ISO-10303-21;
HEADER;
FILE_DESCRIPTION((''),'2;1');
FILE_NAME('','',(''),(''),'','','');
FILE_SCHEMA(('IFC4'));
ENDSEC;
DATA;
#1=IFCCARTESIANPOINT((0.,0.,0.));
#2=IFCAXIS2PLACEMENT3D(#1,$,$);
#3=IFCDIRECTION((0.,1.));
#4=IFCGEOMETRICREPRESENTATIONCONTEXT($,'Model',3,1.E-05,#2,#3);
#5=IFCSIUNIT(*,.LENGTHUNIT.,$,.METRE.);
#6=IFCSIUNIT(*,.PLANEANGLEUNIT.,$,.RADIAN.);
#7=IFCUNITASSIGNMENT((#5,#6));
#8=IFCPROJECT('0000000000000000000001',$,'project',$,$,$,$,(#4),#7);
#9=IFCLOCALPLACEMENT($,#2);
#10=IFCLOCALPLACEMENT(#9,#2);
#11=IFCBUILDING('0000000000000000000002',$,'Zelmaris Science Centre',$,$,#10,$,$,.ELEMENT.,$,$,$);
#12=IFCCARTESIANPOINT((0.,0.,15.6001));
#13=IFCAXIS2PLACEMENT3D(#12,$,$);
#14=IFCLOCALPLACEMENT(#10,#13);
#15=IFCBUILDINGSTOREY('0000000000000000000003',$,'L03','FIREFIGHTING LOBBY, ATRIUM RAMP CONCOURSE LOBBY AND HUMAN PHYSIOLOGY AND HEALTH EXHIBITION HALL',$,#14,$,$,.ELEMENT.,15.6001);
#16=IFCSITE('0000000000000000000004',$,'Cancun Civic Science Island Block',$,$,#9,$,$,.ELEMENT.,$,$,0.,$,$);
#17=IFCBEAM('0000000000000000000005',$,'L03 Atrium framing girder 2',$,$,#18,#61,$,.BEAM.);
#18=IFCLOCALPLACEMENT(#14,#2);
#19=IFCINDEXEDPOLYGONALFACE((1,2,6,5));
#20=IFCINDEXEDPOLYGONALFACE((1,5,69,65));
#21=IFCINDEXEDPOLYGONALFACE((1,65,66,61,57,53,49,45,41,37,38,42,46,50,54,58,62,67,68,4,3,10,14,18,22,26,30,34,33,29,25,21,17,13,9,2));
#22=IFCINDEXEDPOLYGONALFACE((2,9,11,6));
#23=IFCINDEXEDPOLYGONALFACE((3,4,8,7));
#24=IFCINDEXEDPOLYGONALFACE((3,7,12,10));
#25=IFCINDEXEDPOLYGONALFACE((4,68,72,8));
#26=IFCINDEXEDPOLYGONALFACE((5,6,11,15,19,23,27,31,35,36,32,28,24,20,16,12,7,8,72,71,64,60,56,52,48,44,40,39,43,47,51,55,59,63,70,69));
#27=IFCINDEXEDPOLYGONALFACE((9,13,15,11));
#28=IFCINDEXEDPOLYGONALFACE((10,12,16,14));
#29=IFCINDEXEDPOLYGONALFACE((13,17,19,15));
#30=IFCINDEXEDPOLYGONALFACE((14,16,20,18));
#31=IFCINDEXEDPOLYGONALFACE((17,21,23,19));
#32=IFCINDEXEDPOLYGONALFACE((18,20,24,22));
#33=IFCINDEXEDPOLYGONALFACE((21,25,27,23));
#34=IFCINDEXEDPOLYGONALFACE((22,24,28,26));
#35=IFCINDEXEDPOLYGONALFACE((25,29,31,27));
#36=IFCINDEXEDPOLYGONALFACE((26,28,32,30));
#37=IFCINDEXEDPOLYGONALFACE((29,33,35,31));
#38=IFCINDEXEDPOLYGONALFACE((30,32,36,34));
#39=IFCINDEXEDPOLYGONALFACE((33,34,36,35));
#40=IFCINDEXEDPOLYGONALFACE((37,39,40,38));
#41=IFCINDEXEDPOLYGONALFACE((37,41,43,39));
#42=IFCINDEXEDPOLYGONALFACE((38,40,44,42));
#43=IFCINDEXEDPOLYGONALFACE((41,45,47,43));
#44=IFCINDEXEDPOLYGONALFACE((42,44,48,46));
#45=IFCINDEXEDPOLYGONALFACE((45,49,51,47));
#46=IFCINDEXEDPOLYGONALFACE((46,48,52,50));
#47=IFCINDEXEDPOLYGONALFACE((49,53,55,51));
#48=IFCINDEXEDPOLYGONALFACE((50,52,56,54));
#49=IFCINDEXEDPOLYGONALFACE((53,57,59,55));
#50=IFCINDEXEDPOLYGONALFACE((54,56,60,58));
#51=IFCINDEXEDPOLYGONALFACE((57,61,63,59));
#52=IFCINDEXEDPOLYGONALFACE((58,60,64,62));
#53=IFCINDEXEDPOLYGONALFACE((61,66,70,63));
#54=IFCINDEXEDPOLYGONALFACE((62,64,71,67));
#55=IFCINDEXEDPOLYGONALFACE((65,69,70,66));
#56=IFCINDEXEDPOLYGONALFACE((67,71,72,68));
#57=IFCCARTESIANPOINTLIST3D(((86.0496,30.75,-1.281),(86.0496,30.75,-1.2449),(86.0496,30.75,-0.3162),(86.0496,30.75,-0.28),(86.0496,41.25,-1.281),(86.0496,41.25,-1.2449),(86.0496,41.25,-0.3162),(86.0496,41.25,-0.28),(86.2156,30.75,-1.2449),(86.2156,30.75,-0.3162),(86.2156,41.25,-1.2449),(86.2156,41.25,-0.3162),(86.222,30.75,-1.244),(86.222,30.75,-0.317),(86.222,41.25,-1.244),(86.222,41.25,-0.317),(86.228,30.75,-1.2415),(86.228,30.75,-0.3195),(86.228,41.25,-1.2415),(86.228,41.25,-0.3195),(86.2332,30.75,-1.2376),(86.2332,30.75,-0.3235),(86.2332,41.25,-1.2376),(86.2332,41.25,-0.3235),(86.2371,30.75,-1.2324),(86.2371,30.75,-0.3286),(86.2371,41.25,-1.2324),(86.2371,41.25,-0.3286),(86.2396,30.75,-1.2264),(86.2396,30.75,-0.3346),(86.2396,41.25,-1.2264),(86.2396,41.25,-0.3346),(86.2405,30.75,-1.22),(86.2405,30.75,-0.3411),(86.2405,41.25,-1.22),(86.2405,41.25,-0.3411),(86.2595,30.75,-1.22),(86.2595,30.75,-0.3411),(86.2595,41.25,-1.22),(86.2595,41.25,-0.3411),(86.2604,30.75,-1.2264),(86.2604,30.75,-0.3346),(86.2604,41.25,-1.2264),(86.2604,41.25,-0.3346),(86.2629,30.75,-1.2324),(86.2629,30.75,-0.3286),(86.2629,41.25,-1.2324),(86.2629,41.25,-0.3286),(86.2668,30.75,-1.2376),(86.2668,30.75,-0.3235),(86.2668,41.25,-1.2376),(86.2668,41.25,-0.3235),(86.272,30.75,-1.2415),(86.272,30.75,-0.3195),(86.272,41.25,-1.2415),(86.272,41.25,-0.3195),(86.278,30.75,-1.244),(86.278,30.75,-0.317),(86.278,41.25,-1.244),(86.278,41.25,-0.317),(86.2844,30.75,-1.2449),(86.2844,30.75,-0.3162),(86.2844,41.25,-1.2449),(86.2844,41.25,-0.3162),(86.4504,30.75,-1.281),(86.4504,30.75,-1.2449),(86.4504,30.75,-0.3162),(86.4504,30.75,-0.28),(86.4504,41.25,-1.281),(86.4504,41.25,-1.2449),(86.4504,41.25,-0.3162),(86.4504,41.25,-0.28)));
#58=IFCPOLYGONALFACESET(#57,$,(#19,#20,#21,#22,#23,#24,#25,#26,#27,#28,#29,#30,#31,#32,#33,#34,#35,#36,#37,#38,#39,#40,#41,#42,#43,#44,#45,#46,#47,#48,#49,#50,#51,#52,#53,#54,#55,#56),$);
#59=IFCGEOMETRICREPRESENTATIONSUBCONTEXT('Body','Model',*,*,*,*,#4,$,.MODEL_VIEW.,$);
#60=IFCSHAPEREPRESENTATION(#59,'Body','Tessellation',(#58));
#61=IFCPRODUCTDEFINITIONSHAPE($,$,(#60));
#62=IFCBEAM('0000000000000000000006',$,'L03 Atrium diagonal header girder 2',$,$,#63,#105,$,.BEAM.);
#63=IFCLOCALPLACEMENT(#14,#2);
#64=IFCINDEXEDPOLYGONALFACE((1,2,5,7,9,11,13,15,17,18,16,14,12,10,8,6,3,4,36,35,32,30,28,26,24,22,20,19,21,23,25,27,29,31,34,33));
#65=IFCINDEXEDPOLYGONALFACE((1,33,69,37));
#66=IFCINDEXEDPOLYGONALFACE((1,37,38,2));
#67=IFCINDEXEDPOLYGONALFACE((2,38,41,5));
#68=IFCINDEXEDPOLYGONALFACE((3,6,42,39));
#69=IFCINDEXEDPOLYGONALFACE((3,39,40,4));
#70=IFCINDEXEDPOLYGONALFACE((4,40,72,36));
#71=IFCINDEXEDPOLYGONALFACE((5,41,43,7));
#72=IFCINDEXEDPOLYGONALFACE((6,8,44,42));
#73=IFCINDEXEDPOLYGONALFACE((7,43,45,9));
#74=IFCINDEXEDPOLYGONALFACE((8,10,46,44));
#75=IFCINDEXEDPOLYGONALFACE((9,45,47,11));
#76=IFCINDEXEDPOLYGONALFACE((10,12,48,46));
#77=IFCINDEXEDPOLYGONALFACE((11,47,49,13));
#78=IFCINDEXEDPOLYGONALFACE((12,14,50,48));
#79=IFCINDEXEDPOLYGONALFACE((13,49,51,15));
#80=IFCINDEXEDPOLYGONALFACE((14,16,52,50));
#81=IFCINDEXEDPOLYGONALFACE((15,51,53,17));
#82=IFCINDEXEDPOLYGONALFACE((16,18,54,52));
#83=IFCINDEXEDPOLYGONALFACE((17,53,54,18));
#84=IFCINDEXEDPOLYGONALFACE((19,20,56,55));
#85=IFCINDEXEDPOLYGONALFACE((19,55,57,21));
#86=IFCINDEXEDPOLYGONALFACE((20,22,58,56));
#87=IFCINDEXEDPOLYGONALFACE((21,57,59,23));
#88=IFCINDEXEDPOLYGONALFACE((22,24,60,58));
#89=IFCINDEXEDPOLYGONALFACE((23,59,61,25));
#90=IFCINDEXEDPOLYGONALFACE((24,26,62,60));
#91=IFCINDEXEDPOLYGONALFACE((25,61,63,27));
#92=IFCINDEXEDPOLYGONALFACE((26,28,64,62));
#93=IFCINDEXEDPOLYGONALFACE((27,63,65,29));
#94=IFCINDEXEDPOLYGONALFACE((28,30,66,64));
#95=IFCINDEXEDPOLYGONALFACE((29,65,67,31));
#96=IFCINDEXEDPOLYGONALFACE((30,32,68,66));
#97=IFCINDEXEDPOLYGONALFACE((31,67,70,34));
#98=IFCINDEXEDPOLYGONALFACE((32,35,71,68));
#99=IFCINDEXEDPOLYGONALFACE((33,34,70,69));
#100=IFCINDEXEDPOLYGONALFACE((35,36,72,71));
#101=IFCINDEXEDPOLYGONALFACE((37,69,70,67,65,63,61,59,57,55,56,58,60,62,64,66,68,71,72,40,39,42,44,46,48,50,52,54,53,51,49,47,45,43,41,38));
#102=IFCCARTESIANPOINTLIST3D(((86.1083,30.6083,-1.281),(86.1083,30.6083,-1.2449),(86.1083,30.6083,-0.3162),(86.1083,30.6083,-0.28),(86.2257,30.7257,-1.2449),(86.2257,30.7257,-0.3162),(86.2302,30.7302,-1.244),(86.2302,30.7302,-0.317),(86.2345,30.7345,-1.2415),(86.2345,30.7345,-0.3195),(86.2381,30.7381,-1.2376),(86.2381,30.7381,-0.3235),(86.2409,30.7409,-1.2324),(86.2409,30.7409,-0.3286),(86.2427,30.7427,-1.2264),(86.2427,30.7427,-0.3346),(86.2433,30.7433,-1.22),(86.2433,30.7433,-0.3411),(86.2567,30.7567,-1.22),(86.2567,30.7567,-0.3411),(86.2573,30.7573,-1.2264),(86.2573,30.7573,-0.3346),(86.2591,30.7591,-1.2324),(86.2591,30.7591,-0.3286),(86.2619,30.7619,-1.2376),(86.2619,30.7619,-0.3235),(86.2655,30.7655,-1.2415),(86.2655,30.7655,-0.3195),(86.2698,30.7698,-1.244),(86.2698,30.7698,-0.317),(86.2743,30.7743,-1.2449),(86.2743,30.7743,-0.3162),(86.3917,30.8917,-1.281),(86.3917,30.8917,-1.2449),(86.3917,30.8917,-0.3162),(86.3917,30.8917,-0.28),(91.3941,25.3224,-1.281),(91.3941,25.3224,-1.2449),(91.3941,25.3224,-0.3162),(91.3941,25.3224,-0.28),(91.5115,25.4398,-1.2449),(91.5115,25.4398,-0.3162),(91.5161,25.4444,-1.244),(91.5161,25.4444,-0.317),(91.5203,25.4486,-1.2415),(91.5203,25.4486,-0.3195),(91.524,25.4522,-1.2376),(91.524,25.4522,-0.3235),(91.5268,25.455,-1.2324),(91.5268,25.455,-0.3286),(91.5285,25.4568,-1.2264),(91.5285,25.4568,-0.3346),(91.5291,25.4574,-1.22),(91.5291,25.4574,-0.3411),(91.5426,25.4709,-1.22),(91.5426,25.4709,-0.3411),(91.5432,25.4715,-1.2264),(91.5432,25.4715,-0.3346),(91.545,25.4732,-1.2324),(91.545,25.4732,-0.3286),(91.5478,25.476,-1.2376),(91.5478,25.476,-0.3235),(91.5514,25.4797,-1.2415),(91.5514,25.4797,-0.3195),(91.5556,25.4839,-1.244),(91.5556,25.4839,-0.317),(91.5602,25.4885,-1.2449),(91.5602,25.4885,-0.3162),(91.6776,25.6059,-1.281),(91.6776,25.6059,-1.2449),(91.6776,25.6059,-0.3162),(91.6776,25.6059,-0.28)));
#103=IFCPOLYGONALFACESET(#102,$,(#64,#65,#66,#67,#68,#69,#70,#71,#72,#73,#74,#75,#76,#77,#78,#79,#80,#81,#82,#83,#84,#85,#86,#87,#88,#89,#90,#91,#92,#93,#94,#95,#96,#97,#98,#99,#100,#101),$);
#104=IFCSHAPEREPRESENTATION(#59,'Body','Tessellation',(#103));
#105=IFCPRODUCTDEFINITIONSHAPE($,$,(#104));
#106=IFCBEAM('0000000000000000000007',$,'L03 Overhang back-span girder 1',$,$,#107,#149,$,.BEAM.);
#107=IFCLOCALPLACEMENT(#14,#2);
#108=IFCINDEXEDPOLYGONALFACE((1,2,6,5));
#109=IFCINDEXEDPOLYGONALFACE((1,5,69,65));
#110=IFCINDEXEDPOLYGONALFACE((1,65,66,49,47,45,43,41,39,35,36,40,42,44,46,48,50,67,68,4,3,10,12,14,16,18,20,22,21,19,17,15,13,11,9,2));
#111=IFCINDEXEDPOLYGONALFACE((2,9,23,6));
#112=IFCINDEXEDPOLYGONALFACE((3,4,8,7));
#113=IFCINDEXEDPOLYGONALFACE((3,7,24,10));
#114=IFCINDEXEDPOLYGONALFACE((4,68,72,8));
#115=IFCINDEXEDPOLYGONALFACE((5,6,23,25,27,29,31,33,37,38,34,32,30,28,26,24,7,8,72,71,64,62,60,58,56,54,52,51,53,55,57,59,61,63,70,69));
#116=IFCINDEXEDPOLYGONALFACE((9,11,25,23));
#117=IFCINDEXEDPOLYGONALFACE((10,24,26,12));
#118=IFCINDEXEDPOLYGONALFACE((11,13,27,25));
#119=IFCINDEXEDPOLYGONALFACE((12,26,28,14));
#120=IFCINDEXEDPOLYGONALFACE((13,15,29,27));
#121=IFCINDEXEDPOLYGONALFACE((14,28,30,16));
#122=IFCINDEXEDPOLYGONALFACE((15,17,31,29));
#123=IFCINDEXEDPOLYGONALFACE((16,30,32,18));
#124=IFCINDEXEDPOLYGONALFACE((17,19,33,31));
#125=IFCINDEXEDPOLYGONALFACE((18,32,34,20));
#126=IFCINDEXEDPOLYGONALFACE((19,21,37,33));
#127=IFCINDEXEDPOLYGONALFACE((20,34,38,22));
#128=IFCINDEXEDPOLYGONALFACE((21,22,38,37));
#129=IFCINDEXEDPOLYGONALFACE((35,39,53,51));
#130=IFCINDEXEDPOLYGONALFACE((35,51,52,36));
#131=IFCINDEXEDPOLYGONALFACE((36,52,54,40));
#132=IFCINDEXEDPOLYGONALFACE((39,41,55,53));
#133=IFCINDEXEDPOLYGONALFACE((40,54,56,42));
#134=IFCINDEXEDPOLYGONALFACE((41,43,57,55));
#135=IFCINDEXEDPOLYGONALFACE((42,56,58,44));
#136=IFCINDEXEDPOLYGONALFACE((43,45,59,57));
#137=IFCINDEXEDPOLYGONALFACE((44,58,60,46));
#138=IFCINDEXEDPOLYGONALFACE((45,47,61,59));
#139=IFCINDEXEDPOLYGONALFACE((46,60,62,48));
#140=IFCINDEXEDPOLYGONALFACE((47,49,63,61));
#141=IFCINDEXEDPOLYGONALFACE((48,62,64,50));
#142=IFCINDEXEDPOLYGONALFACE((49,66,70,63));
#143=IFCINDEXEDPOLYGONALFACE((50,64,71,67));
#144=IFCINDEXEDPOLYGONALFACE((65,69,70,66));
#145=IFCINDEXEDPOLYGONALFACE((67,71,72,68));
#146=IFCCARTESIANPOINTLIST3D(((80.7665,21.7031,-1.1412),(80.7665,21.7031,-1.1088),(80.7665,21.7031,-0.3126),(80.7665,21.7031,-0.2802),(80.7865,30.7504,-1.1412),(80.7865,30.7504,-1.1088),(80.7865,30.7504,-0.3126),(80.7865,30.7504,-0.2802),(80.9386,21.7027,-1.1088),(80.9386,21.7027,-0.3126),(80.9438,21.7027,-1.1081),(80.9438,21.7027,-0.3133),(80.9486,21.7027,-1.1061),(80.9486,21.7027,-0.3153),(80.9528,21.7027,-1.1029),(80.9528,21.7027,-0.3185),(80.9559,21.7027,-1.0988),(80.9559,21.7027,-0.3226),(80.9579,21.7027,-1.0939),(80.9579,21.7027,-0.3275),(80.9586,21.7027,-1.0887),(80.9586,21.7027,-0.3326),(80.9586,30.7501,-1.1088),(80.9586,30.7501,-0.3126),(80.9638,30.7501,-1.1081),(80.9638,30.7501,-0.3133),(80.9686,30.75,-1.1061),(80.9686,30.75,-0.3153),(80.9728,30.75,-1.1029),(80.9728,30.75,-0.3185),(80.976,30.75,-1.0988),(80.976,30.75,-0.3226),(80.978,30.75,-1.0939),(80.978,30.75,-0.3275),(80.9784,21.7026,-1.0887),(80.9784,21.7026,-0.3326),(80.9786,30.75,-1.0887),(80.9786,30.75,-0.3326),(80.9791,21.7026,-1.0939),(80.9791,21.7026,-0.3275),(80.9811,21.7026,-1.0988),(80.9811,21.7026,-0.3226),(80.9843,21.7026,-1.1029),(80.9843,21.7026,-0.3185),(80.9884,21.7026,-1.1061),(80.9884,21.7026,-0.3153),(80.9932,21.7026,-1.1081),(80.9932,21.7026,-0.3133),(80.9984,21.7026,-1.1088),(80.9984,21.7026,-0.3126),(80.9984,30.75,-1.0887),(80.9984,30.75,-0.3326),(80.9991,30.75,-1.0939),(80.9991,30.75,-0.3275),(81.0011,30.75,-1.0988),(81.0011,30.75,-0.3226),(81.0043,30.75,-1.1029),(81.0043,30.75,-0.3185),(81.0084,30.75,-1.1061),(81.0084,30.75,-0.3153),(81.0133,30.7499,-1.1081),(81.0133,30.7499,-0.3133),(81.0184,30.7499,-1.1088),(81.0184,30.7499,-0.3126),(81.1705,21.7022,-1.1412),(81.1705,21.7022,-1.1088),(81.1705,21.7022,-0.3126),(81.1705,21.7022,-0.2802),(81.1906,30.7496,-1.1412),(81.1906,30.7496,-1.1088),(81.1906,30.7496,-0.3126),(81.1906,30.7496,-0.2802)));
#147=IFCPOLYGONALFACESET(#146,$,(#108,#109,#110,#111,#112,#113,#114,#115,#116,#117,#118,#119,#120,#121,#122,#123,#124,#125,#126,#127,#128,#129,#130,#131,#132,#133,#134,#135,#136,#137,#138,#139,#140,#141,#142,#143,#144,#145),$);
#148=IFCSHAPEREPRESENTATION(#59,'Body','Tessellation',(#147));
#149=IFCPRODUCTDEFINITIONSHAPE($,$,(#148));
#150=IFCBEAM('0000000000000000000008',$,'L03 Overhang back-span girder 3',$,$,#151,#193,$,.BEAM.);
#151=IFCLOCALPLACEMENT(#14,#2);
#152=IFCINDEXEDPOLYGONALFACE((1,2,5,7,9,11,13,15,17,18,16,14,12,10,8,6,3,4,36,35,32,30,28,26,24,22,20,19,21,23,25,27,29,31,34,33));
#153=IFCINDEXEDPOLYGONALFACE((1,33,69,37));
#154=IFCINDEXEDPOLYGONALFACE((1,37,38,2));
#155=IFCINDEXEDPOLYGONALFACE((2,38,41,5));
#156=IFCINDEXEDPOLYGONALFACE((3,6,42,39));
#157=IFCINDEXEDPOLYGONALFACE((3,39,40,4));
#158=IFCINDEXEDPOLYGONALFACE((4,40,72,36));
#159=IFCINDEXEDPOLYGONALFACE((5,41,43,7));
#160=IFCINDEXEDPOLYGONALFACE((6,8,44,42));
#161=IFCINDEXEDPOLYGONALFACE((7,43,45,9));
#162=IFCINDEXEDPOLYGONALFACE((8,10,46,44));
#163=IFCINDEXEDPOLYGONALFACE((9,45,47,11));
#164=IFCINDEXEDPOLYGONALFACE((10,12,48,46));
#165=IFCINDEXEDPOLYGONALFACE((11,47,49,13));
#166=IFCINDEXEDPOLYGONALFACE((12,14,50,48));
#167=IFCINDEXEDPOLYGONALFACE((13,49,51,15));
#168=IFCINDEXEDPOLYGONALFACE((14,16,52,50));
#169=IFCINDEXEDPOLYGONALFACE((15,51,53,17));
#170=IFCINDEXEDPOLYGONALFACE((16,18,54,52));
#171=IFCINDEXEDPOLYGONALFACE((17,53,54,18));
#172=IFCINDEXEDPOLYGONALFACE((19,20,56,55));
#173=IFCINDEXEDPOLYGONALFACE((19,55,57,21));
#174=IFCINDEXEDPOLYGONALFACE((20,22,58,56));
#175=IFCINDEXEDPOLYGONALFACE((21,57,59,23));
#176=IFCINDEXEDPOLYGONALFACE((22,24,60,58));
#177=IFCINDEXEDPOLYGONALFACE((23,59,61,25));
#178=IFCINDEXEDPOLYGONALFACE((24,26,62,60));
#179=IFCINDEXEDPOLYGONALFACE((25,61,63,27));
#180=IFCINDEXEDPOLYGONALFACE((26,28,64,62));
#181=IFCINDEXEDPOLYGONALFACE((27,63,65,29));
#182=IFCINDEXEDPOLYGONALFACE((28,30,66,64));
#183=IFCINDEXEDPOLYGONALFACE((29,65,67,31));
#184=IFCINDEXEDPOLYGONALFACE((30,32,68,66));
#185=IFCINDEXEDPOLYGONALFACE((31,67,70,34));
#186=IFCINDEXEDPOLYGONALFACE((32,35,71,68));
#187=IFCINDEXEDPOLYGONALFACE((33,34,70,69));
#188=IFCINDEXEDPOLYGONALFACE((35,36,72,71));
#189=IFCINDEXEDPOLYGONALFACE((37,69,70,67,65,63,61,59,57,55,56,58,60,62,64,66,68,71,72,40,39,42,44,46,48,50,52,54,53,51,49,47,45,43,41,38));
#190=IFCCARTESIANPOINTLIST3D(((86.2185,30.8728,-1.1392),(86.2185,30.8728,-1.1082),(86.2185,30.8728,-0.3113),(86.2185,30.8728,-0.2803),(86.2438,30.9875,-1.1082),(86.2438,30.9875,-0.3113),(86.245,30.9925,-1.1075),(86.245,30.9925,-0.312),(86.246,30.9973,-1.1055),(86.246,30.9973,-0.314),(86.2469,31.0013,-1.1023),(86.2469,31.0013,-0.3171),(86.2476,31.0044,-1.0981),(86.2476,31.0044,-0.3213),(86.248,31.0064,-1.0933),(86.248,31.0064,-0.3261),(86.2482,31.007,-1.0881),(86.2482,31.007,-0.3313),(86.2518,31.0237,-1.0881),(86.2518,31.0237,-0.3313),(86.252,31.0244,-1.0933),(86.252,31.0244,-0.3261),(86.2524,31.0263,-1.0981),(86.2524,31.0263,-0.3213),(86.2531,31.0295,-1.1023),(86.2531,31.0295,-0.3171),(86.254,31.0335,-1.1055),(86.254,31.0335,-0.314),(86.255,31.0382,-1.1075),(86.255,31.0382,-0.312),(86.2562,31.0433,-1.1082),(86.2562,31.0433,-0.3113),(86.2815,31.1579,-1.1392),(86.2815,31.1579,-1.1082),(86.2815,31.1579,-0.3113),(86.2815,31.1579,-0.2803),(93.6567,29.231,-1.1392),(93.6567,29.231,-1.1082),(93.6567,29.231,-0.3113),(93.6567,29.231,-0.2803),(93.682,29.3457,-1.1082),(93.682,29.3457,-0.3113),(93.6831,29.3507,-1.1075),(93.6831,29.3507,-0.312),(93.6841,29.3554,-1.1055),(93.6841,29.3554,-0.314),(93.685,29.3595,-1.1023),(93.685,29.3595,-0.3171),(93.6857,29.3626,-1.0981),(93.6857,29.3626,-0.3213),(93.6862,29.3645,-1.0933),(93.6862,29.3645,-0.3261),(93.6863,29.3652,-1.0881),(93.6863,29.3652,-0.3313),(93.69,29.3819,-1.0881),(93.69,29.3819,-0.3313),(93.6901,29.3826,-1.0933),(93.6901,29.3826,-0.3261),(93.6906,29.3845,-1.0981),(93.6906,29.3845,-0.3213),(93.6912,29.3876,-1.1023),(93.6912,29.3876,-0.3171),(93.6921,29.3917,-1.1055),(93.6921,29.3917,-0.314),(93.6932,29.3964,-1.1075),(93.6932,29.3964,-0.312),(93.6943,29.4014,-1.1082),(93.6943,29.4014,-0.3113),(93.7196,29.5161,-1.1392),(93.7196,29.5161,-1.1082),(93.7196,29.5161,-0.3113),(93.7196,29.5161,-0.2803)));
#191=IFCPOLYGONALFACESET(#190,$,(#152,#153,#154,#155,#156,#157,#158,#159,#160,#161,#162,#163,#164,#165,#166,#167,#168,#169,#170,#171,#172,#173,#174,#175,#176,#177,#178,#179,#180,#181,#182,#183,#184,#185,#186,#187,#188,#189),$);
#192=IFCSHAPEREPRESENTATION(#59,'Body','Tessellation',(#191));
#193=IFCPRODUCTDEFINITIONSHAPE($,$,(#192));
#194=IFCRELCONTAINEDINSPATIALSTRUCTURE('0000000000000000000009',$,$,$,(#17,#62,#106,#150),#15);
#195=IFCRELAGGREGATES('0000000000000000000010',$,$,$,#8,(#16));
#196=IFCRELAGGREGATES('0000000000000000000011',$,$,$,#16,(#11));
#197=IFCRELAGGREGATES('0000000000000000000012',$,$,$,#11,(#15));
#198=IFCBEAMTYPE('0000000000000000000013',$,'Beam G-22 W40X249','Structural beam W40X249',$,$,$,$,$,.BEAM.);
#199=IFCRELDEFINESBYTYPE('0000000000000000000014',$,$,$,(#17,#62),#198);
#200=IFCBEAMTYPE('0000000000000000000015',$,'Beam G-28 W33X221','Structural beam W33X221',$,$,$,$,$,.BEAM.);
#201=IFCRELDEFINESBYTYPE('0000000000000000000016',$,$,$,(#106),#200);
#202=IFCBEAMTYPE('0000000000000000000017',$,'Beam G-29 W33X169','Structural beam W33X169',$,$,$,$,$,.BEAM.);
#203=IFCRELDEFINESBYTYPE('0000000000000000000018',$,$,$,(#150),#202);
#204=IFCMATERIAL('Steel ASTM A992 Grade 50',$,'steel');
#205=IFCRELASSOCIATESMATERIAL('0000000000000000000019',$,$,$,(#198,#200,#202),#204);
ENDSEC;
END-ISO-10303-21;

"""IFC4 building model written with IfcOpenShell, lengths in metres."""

from ifc_helpers import new_model, si_unit, direction, frame, origin, origin_2d, place, context, subcontext, project, spatial, i_section, extrude, material, material_profile, profile_set, type_object, element, save


model = new_model("IFC4")

# Units and contexts
model_context = context("Model", 3, precision=1e-05, world=origin(), true_north=direction((0.0, 1.0)))
body_context = subcontext(model_context, "Body", "Model", "MODEL_VIEW")
ifc_project = project(units=[si_unit("LENGTHUNIT", "METRE"), si_unit("PLANEANGLEUNIT", "RADIAN")], contexts=[model_context])

# Site, building, storey
site_placement = place(None, origin())
site = spatial("IfcSite", under=ifc_project, at=site_placement, Name="Cancun Civic Science Island Block", CompositionType="ELEMENT", RefElevation=0.0)
building_placement = place(site_placement, origin())
building = spatial("IfcBuilding", under=site, at=building_placement, Name="Zelmaris Science Centre", CompositionType="ELEMENT")
storey_placement = place(building_placement, frame((0.0, 0.0, 15.6001)))
storey = spatial("IfcBuildingStorey", under=building, at=storey_placement, Name="L03", Description="FIREFIGHTING LOBBY, ATRIUM RAMP CONCOURSE LOBBY AND HUMAN PHYSIOLOGY AND HEALTH EXHIBITION HALL", CompositionType="ELEMENT", Elevation=15.6001)

# Beams
ifc_material_1 = material(Name="Steel ASTM A992 Grade 50", Category="steel")
ifc_material_profile_1 = material_profile(ifc_material_1, i_section(OverallWidth=0.4009, OverallDepth=1.001, WebThickness=0.019, FlangeThickness=0.0361, FilletRadius=0.0249, at=origin_2d()), Name="W40X249")
ifc_profile_set_1 = profile_set([ifc_material_profile_1], Name="Steel ASTM A992 Grade 50")
beam_type_1 = type_object("IfcBeamType", Name="Beam G-22 W40X249", Description="Structural beam W40X249", PredefinedType="BEAM", material=ifc_profile_set_1)
beam_1_placement = place(storey_placement, frame((86.25, 30.75, -0.7805), z_axis=(0.0, 1.0, 0.0), x_axis=(-1.0, 0.0, 0.0)))
element("IfcBeam", 1, at=beam_1_placement, inside=storey, type_object=beam_type_1, Name="L03 Atrium framing girder 2", PredefinedType="BEAM", context=body_context, shape_type="SweptSolid", body=[
    extrude(i_section(OverallWidth=0.4009, OverallDepth=1.001, WebThickness=0.019, FlangeThickness=0.0361, FilletRadius=0.0249, at=origin_2d()), origin(), (0.0, 0.0, 1.0), 10.5),
])
beam_2_placement = place(storey_placement, frame((86.25, 30.75, -0.7805), z_axis=(0.707107, -0.707107, 0.0), x_axis=(0.707107, 0.707107, 0.0)))
element("IfcBeam", 2, at=beam_2_placement, inside=storey, type_object=beam_type_1, Name="L03 Atrium diagonal header girder 2", PredefinedType="BEAM", context=body_context, shape_type="SweptSolid", body=[
    extrude(i_section(OverallWidth=0.4009, OverallDepth=1.001, WebThickness=0.019, FlangeThickness=0.0361, FilletRadius=0.0249, at=origin_2d()), origin(), (0.0, 0.0, 1.0), 7.4753),
])
ifc_material_profile_2 = material_profile(ifc_material_1, i_section(OverallWidth=0.4041, OverallDepth=0.8611, WebThickness=0.0198, FlangeThickness=0.0325, FilletRadius=0.02, at=origin_2d()), Name="W33X221")
ifc_profile_set_2 = profile_set([ifc_material_profile_2], Name="Steel ASTM A992 Grade 50")
beam_type_2 = type_object("IfcBeamType", Name="Beam G-28 W33X221", Description="Structural beam W33X221", PredefinedType="BEAM", material=ifc_profile_set_2)
beam_3_placement = place(storey_placement, frame((80.9885, 30.75, -0.7107), z_axis=(-0.002213, -0.999998, 0.0), x_axis=(0.999998, -0.002213, 0.0)))
element("IfcBeam", 3, at=beam_3_placement, inside=storey, type_object=beam_type_2, Name="L03 Overhang back-span girder 1", PredefinedType="BEAM", context=body_context, shape_type="SweptSolid", body=[
    extrude(i_section(OverallWidth=0.4041, OverallDepth=0.8611, WebThickness=0.0198, FlangeThickness=0.0325, FilletRadius=0.02, at=origin_2d()), origin(), (0.0, 0.0, 1.0), 9.0474),
])
ifc_material_profile_3 = material_profile(ifc_material_1, i_section(OverallWidth=0.292, OverallDepth=0.8589, WebThickness=0.0171, FlangeThickness=0.031, FilletRadius=0.02, at=origin_2d()), Name="W33X169")
ifc_profile_set_3 = profile_set([ifc_material_profile_3], Name="Steel ASTM A992 Grade 50")
beam_type_3 = type_object("IfcBeamType", Name="Beam G-29 W33X169", Description="Structural beam W33X169", PredefinedType="BEAM", material=ifc_profile_set_3)
beam_4_placement = place(storey_placement, frame((86.25, 31.0154, -0.7097), z_axis=(0.976495, -0.215542, 0.0), x_axis=(0.215542, 0.976495, 0.0)))
element("IfcBeam", 4, at=beam_4_placement, inside=storey, type_object=beam_type_3, Name="L03 Overhang back-span girder 3", PredefinedType="BEAM", context=body_context, shape_type="SweptSolid", body=[
    extrude(i_section(OverallWidth=0.292, OverallDepth=0.8589, WebThickness=0.0171, FlangeThickness=0.031, FilletRadius=0.02, at=origin_2d()), origin(), (0.0, 0.0, 1.0), 7.6172),
])

save(model, "model.ifc")
